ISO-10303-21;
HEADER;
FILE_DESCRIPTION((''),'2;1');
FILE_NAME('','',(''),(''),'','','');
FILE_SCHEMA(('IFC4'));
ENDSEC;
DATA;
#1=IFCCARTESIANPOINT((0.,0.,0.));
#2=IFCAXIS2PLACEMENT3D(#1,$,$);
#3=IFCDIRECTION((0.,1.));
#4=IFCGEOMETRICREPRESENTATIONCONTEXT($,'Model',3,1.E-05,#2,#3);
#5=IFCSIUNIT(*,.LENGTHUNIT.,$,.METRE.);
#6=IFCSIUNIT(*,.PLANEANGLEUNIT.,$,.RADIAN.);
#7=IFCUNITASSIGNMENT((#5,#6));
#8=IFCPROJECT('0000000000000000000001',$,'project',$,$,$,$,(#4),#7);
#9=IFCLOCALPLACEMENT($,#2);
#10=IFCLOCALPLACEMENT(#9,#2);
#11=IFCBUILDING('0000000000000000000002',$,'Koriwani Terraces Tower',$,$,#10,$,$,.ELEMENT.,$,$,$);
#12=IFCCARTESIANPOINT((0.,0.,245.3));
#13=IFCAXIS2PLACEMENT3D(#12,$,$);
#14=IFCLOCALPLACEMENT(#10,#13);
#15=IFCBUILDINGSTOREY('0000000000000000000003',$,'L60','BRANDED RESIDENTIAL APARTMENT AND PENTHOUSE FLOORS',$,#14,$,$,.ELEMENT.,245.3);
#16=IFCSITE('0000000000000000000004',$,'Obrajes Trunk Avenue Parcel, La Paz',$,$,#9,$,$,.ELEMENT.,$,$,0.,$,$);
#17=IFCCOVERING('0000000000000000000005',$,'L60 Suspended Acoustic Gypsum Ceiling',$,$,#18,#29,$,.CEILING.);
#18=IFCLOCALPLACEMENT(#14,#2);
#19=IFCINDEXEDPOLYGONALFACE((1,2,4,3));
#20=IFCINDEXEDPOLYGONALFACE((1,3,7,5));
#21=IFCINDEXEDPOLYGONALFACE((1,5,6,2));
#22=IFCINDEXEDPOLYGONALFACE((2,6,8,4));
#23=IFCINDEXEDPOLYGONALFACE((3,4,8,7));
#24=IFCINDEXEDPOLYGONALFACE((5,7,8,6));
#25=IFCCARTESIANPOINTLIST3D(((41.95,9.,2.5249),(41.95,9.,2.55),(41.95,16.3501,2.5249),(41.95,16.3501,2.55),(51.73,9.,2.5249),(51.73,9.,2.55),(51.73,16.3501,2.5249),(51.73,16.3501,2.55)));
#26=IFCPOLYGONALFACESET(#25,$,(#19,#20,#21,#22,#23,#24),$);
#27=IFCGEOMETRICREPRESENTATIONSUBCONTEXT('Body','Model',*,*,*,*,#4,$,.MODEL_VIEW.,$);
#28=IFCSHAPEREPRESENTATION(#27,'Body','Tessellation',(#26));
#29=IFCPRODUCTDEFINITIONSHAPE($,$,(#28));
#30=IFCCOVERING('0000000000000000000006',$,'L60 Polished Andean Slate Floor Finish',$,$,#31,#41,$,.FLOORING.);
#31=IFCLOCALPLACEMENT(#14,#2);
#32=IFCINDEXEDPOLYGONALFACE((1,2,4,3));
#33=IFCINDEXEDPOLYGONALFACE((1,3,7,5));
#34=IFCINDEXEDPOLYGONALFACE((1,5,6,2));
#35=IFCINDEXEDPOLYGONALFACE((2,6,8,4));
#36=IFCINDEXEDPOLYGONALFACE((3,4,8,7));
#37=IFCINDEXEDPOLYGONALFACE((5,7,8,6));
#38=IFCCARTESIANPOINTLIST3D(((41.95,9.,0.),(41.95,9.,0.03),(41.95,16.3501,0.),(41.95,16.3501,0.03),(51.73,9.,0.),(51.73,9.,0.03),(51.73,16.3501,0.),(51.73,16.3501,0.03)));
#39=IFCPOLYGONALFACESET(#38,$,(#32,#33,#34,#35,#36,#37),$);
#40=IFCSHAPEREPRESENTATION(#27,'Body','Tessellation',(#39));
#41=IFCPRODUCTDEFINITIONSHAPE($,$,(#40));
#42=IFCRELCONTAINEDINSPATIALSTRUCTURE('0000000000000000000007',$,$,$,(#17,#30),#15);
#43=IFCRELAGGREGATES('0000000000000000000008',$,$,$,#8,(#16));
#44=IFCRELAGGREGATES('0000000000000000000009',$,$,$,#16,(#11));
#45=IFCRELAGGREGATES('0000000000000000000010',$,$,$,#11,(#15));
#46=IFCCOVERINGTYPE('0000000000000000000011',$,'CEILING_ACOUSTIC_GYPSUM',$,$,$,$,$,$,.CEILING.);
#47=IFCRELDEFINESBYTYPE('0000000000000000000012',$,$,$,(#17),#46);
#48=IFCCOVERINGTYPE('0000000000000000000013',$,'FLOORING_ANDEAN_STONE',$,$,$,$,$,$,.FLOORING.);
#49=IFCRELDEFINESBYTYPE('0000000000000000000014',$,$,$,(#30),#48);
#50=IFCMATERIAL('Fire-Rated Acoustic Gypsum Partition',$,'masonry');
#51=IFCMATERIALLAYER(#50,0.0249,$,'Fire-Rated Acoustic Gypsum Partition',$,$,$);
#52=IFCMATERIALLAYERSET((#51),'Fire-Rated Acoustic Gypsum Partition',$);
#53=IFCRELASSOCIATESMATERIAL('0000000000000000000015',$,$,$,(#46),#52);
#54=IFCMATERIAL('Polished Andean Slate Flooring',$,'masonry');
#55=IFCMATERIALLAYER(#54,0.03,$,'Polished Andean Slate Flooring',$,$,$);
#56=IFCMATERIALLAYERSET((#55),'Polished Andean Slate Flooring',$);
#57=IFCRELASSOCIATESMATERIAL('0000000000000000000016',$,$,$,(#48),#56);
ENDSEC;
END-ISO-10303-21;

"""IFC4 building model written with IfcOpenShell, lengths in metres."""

from ifc_helpers import new_model, si_unit, direction, frame, origin, place, context, subcontext, project, spatial, polyline, outline, extrude, material, layer, layer_set, type_object, element, save


model = new_model("IFC4")

# Units and contexts
model_context = context("Model", 3, precision=1e-05, world=origin(), true_north=direction((0.0, 1.0)))
body_context = subcontext(model_context, "Body", "Model", "MODEL_VIEW")
ifc_project = project(units=[si_unit("LENGTHUNIT", "METRE"), si_unit("PLANEANGLEUNIT", "RADIAN")], contexts=[model_context])

# Site, building, storey
site_placement = place(None, origin())
site = spatial("IfcSite", under=ifc_project, at=site_placement, Name="Obrajes Trunk Avenue Parcel, La Paz", CompositionType="ELEMENT", RefElevation=0.0)
building_placement = place(site_placement, origin())
building = spatial("IfcBuilding", under=site, at=building_placement, Name="Koriwani Terraces Tower", CompositionType="ELEMENT")
storey_placement = place(building_placement, frame((0.0, 0.0, 245.3)))
storey = spatial("IfcBuildingStorey", under=building, at=storey_placement, Name="L60", Description="BRANDED RESIDENTIAL APARTMENT AND PENTHOUSE FLOORS", CompositionType="ELEMENT", Elevation=245.3)

# Shared definitions
ifc_material_1 = material(Name="Fire-Rated Acoustic Gypsum Partition", Category="masonry")

# Coverings
ifc_layer_1 = layer(ifc_material_1, 0.0249, Name="Fire-Rated Acoustic Gypsum Partition")
ifc_layer_set_1 = layer_set([ifc_layer_1], Name="Fire-Rated Acoustic Gypsum Partition")
covering_type_1 = type_object("IfcCoveringType", Name="CEILING_ACOUSTIC_GYPSUM", PredefinedType="CEILING", material=ifc_layer_set_1)
covering_1_placement = place(storey_placement, frame((0.0, 0.0, 2.5249)))
element("IfcCovering", 1, at=covering_1_placement, inside=storey, type_object=covering_type_1, Name="L60 Suspended Acoustic Gypsum Ceiling", PredefinedType="CEILING", context=body_context, shape_type="SweptSolid", body=[
    extrude(outline(polyline([(41.95, 9.0), (41.95, 16.3501), (51.73, 16.3501), (51.73, 9.0), (41.95, 9.0)])), origin(), (0.0, 0.0, 1.0), 0.0251),
])
ifc_material_2 = material(Name="Polished Andean Slate Flooring", Category="masonry")
ifc_layer_2 = layer(ifc_material_2, 0.03, Name="Polished Andean Slate Flooring")
ifc_layer_set_2 = layer_set([ifc_layer_2], Name="Polished Andean Slate Flooring")
covering_type_2 = type_object("IfcCoveringType", Name="FLOORING_ANDEAN_STONE", PredefinedType="FLOORING", material=ifc_layer_set_2)
covering_2_placement = place(storey_placement, origin())
element("IfcCovering", 2, at=covering_2_placement, inside=storey, type_object=covering_type_2, Name="L60 Polished Andean Slate Floor Finish", PredefinedType="FLOORING", context=body_context, shape_type="SweptSolid", body=[
    extrude(outline(polyline([(41.95, 9.0), (41.95, 16.3501), (51.73, 16.3501), (51.73, 9.0), (41.95, 9.0)])), origin(), (0.0, 0.0, 1.0), 0.03),
])

save(model, "model.ifc")
